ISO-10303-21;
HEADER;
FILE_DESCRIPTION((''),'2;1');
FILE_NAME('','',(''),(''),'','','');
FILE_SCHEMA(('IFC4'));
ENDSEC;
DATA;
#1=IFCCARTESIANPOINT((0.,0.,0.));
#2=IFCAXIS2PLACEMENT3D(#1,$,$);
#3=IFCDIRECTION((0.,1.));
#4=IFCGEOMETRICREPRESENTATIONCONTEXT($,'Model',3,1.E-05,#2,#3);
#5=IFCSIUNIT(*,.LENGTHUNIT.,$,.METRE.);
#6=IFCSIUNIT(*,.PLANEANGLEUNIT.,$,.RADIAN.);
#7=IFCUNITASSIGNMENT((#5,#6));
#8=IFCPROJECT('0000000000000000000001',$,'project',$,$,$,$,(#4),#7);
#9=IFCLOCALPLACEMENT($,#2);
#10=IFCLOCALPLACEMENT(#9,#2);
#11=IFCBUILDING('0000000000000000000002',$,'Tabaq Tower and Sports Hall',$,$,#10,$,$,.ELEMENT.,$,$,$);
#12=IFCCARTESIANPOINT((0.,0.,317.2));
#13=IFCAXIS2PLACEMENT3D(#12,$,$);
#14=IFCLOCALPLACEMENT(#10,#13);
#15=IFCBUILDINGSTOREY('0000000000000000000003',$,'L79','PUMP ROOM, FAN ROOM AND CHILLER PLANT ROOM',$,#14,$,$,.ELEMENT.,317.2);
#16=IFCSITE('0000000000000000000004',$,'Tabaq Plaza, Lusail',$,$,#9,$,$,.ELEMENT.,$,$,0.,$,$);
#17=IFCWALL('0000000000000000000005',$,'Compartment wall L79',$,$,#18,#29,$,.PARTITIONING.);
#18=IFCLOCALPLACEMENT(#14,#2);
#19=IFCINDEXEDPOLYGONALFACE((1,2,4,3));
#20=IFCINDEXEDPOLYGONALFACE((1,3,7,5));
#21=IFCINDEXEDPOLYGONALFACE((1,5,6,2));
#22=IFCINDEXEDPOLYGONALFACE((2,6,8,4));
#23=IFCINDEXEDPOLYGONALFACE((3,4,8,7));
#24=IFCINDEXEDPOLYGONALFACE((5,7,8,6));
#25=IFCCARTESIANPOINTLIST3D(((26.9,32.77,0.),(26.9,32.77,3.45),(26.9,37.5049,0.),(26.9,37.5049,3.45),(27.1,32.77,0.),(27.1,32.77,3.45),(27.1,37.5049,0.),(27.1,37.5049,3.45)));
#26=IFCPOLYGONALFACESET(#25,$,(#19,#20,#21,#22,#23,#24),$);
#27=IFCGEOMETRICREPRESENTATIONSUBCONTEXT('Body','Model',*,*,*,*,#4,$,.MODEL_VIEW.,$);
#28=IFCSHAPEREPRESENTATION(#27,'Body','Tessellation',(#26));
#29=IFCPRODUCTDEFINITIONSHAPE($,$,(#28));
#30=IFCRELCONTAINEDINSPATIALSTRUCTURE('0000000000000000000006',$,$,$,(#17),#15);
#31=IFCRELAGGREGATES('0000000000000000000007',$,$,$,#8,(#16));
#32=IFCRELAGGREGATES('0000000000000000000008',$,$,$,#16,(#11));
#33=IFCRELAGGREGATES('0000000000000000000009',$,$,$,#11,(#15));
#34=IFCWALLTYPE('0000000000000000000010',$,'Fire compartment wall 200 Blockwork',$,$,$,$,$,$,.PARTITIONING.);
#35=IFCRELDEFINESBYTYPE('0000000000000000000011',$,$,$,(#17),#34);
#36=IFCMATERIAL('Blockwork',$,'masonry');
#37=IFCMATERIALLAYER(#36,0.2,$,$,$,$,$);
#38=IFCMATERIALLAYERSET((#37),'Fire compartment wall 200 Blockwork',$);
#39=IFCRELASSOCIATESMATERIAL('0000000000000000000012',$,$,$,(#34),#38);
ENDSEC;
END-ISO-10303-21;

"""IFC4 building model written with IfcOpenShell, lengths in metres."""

from ifc_helpers import new_model, si_unit, direction, frame, frame_2d, origin, place, context, subcontext, project, spatial, rectangle, extrude, material, layer, layer_set, type_object, element, save


model = new_model("IFC4")

# Units and contexts
model_context = context("Model", 3, precision=1e-05, world=origin(), true_north=direction((0.0, 1.0)))
body_context = subcontext(model_context, "Body", "Model", "MODEL_VIEW")
ifc_project = project(units=[si_unit("LENGTHUNIT", "METRE"), si_unit("PLANEANGLEUNIT", "RADIAN")], contexts=[model_context])

# Site, building, storey
site_placement = place(None, origin())
site = spatial("IfcSite", under=ifc_project, at=site_placement, Name="Tabaq Plaza, Lusail", CompositionType="ELEMENT", RefElevation=0.0)
building_placement = place(site_placement, origin())
building = spatial("IfcBuilding", under=site, at=building_placement, Name="Tabaq Tower and Sports Hall", CompositionType="ELEMENT")
storey_placement = place(building_placement, frame((0.0, 0.0, 317.2)))
storey = spatial("IfcBuildingStorey", under=building, at=storey_placement, Name="L79", Description="PUMP ROOM, FAN ROOM AND CHILLER PLANT ROOM", CompositionType="ELEMENT", Elevation=317.2)

# Wall
ifc_material_1 = material(Name="Blockwork", Category="masonry")
ifc_layer_1 = layer(ifc_material_1, 0.2)
ifc_layer_set_1 = layer_set([ifc_layer_1], Name="Fire compartment wall 200 Blockwork")
wall_type_1 = type_object("IfcWallType", Name="Fire compartment wall 200 Blockwork", PredefinedType="PARTITIONING", material=ifc_layer_set_1)
wall_1_placement = place(storey_placement, frame((27.0, 37.5049, 0.0), z_axis=(0.0, 0.0, 1.0), x_axis=(0.0, -1.0, 0.0)))
element("IfcWall", 1, at=wall_1_placement, inside=storey, type_object=wall_type_1, Name="Compartment wall L79", PredefinedType="PARTITIONING", context=body_context, shape_type="SweptSolid", body=[
    extrude(rectangle(XDim=4.7349, YDim=0.2, at=frame_2d((2.3674, 0.0))), origin(), (0.0, 0.0, 1.0), 3.45),
])

save(model, "model.ifc")
